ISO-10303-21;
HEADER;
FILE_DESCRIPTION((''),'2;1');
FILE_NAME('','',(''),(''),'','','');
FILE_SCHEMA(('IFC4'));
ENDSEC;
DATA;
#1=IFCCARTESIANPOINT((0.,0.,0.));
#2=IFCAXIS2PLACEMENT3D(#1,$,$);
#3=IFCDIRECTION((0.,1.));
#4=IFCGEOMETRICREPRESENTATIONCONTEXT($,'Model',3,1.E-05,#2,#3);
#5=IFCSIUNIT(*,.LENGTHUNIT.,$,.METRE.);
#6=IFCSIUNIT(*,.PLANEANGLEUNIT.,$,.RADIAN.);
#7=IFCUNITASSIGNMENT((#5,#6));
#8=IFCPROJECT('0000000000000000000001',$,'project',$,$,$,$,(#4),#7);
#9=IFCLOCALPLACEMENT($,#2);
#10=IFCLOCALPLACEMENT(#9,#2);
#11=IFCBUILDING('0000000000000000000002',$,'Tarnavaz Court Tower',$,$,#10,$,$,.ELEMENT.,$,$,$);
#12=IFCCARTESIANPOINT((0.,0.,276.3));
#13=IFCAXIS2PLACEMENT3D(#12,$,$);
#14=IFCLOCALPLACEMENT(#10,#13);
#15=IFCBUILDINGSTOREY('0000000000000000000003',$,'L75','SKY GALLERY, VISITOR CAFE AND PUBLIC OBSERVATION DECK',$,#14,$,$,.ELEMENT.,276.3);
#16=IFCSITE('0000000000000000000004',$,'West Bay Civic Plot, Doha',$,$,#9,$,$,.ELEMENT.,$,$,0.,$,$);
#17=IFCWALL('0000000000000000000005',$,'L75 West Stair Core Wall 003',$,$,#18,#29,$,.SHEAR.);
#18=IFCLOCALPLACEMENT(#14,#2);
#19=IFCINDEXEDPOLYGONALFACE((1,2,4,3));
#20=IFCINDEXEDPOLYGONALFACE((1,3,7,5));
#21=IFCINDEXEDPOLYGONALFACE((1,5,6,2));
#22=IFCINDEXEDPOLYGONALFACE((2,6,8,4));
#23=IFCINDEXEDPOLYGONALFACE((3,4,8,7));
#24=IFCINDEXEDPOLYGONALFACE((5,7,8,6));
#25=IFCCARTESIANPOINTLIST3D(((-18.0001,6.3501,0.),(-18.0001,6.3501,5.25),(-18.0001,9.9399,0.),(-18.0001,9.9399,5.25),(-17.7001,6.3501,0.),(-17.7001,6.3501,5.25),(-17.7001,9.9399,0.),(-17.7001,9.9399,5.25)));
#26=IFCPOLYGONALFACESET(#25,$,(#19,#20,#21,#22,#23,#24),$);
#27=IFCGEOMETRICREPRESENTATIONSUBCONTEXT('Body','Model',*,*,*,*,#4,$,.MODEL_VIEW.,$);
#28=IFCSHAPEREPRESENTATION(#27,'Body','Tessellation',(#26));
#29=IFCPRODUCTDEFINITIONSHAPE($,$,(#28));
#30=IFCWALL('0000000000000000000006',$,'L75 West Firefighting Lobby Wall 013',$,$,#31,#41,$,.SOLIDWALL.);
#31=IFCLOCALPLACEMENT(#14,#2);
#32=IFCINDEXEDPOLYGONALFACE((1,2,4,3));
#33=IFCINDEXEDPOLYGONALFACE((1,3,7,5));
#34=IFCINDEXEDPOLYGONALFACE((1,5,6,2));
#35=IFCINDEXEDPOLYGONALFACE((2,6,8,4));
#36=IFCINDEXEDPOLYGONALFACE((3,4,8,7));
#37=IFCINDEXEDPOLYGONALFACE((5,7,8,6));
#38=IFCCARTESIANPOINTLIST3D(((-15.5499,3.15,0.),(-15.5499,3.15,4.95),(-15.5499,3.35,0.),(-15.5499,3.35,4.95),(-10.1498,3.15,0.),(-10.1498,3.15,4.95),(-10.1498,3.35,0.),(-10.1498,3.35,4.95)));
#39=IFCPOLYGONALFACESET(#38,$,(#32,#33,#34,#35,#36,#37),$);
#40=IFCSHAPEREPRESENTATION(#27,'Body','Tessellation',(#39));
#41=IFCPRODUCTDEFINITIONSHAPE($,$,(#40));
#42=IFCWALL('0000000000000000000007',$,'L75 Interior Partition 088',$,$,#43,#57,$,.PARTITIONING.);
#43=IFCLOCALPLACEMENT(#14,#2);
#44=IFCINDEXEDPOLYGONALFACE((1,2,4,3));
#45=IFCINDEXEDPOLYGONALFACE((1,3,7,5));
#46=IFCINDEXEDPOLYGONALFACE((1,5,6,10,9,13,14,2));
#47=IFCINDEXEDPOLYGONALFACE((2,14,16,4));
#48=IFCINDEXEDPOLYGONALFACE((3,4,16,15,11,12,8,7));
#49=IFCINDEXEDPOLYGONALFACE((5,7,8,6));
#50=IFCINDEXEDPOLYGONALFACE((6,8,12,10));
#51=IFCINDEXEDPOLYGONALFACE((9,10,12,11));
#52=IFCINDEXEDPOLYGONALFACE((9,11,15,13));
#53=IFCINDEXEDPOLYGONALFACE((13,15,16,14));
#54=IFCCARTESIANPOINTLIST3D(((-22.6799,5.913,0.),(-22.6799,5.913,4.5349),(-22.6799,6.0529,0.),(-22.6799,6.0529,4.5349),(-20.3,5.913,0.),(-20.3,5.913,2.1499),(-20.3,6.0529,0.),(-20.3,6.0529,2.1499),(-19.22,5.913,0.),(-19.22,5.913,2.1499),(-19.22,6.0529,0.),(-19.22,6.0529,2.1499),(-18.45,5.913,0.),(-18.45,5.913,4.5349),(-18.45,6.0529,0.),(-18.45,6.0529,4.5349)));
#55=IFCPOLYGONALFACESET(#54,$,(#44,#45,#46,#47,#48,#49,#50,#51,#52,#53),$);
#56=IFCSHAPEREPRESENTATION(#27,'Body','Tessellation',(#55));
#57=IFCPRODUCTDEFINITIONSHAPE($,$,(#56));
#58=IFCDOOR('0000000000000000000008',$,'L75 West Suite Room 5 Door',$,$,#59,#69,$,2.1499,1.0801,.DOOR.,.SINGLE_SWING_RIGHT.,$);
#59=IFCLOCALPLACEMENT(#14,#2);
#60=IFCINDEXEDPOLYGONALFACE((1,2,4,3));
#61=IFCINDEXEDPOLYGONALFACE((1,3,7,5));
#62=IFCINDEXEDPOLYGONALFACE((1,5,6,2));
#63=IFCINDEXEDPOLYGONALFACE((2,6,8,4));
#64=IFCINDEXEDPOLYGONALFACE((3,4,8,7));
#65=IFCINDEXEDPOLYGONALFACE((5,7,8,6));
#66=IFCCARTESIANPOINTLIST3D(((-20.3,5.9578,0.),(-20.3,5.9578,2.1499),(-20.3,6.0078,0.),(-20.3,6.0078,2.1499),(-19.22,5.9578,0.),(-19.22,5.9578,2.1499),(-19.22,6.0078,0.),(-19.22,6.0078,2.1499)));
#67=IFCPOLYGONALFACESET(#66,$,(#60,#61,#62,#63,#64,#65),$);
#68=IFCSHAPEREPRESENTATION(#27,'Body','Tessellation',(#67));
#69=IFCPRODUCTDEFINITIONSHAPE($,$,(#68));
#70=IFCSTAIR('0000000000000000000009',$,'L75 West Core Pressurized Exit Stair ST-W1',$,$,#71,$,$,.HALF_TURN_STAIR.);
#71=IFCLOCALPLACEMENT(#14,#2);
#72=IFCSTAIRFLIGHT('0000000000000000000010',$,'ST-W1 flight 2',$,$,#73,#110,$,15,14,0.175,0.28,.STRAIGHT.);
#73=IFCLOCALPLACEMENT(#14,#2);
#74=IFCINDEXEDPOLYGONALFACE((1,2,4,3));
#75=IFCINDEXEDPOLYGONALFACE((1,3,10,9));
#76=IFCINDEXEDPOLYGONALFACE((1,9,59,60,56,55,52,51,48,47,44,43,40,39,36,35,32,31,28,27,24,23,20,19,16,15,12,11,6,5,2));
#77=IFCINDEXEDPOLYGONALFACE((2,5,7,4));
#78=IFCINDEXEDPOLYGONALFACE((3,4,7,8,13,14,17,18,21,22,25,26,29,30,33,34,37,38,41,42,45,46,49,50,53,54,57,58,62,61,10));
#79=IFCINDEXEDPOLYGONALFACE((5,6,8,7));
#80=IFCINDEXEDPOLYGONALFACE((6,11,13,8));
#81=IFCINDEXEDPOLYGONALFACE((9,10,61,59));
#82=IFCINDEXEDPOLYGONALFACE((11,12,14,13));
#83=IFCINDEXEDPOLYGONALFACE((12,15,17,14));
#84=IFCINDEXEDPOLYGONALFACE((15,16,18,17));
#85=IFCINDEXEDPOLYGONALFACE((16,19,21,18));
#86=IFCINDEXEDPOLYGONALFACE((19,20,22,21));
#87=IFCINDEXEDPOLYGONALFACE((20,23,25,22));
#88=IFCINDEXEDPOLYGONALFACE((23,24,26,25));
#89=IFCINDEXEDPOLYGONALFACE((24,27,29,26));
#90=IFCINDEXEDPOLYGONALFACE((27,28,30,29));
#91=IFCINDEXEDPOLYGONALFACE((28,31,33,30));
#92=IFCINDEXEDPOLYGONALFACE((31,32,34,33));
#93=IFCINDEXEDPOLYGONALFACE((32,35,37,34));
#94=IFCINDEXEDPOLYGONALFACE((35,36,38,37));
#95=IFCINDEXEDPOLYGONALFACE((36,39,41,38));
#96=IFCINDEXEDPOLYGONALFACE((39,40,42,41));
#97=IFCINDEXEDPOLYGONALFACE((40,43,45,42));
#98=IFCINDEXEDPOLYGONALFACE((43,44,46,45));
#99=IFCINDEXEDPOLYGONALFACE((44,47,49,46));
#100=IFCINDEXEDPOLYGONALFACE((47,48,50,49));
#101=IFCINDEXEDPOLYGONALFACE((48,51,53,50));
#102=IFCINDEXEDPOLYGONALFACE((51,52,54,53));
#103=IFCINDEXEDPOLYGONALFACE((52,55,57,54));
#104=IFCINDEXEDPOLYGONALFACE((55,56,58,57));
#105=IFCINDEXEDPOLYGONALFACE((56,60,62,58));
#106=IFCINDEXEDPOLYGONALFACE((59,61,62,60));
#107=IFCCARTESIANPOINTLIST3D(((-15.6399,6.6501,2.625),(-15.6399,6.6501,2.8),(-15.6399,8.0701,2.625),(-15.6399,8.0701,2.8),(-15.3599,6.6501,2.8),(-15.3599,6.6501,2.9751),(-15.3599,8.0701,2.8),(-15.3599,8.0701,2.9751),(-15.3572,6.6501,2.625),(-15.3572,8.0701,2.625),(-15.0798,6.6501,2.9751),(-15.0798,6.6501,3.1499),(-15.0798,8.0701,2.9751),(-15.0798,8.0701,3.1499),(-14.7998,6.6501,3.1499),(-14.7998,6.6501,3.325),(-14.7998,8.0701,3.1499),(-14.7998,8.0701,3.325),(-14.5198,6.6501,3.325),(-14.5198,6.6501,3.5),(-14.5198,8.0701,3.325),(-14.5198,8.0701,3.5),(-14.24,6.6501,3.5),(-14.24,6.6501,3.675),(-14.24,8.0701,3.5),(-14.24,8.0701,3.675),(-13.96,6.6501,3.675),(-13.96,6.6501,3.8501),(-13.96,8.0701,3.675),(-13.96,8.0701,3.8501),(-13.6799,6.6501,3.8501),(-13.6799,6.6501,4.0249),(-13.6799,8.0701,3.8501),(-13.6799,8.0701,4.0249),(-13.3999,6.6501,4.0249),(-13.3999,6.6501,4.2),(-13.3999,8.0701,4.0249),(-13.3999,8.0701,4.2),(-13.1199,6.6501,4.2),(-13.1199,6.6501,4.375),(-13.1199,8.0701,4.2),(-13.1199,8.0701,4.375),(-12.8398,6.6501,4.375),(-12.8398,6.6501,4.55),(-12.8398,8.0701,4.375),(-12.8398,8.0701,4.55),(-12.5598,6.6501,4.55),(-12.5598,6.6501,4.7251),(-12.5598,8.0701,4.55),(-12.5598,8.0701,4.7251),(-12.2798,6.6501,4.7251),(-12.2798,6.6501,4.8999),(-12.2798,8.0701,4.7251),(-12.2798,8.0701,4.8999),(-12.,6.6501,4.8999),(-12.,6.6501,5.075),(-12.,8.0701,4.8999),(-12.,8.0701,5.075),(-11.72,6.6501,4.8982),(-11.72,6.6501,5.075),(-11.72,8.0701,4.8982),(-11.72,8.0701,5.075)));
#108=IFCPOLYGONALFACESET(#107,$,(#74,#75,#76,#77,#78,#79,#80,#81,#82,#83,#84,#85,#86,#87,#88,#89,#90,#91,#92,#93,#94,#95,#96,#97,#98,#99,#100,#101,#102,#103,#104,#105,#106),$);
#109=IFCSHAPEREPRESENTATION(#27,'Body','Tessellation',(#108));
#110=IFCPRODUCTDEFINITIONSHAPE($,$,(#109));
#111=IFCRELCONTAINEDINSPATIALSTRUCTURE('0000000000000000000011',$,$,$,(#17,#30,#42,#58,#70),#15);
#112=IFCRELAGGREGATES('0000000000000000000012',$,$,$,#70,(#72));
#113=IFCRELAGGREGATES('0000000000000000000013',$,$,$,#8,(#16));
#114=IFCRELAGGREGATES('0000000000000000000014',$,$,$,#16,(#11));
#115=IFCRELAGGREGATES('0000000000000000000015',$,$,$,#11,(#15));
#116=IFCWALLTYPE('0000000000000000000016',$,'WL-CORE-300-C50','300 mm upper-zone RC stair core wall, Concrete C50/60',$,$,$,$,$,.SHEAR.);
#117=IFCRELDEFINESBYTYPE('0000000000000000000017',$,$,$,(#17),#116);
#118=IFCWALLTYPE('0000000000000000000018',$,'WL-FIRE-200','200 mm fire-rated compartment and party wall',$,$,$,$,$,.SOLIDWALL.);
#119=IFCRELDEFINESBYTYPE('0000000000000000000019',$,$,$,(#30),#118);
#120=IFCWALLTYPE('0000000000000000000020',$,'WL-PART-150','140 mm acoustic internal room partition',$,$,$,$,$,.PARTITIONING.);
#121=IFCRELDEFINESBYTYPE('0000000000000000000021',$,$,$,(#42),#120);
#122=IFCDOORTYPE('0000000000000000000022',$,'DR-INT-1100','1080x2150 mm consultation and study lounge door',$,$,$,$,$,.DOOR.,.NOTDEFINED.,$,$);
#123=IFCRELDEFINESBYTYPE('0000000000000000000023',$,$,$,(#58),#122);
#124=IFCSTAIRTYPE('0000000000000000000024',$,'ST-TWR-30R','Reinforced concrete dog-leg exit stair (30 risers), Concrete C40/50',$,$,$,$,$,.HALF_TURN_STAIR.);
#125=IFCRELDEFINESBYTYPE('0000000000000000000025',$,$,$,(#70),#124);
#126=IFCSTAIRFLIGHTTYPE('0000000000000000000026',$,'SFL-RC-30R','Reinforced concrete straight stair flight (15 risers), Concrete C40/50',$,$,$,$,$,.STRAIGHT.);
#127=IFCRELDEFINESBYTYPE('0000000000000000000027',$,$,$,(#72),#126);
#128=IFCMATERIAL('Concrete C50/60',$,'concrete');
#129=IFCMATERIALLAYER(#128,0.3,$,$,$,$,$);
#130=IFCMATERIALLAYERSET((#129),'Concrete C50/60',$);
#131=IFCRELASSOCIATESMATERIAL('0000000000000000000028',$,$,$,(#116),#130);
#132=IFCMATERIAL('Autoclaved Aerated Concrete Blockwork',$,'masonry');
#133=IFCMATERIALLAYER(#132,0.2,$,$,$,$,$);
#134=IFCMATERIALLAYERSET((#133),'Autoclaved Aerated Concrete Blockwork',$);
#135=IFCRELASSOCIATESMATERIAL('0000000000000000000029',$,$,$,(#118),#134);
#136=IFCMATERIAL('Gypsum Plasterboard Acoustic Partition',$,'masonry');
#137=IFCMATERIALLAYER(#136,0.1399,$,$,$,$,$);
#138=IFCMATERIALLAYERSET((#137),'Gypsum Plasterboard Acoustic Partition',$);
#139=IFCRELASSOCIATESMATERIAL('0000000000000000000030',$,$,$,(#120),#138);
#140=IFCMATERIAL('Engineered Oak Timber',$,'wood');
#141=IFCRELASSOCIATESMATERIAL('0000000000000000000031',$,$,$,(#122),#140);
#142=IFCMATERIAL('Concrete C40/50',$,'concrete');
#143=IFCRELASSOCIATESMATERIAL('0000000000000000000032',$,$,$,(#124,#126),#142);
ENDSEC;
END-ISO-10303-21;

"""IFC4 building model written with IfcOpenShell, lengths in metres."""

from ifc_helpers import new_model, si_unit, direction, frame, frame_2d, origin, place, context, subcontext, project, spatial, polyline, rectangle, outline, extrude, material, layer, layer_set, type_object, element, fill, aggregate, save


model = new_model("IFC4")

# Units and contexts
model_context = context("Model", 3, precision=1e-05, world=origin(), true_north=direction((0.0, 1.0)))
body_context = subcontext(model_context, "Body", "Model", "MODEL_VIEW")
ifc_project = project(units=[si_unit("LENGTHUNIT", "METRE"), si_unit("PLANEANGLEUNIT", "RADIAN")], contexts=[model_context])

# Site, building, storey
site_placement = place(None, origin())
site = spatial("IfcSite", under=ifc_project, at=site_placement, Name="West Bay Civic Plot, Doha", CompositionType="ELEMENT", RefElevation=0.0)
building_placement = place(site_placement, origin())
building = spatial("IfcBuilding", under=site, at=building_placement, Name="Tarnavaz Court Tower", CompositionType="ELEMENT")
storey_placement = place(building_placement, frame((0.0, 0.0, 276.3)))
storey = spatial("IfcBuildingStorey", under=building, at=storey_placement, Name="L75", Description="SKY GALLERY, VISITOR CAFE AND PUBLIC OBSERVATION DECK", CompositionType="ELEMENT", Elevation=276.3)

# Shared definitions
ifc_material_1 = material(Name="Concrete C50/60", Category="concrete")

# Shared definitions
ifc_layer_1 = layer(ifc_material_1, 0.3)
ifc_layer_set_1 = layer_set([ifc_layer_1], Name="Concrete C50/60")
wall_type_1 = type_object("IfcWallType", Name="WL-CORE-300-C50", Description="300 mm upper-zone RC stair core wall, Concrete C50/60", PredefinedType="SHEAR", material=ifc_layer_set_1)

# Walls
wall_1_placement = place(storey_placement, frame((-17.8501, 6.3501, 0.0), z_axis=(0.0, 0.0, 1.0), x_axis=(0.0, 1.0, 0.0)))
element("IfcWall", 1, at=wall_1_placement, inside=storey, type_object=wall_type_1, Name="L75 West Stair Core Wall 003", PredefinedType="SHEAR", context=body_context, shape_type="SweptSolid", body=[
    extrude(rectangle(XDim=3.5898, YDim=0.3, at=frame_2d((1.7949, 0.0))), origin(), (0.0, 0.0, 1.0), 5.25),
])
ifc_material_2 = material(Name="Autoclaved Aerated Concrete Blockwork", Category="masonry")
ifc_layer_2 = layer(ifc_material_2, 0.2)
ifc_layer_set_2 = layer_set([ifc_layer_2], Name="Autoclaved Aerated Concrete Blockwork")
wall_type_2 = type_object("IfcWallType", Name="WL-FIRE-200", Description="200 mm fire-rated compartment and party wall", PredefinedType="SOLIDWALL", material=ifc_layer_set_2)
wall_2_placement = place(storey_placement, frame((-15.55, 3.25, 0.0), z_axis=(0.0, 0.0, 1.0), x_axis=(1.0, 0.0, 0.0)))
element("IfcWall", 2, at=wall_2_placement, inside=storey, type_object=wall_type_2, Name="L75 West Firefighting Lobby Wall 013", PredefinedType="SOLIDWALL", context=body_context, shape_type="SweptSolid", body=[
    extrude(rectangle(XDim=5.4001, YDim=0.2, at=frame_2d((2.7002, 0.0))), origin(), (0.0, 0.0, 1.0), 4.95),
])

# Wall, opening, door
ifc_material_3 = material(Name="Gypsum Plasterboard Acoustic Partition", Category="masonry")
ifc_layer_3 = layer(ifc_material_3, 0.1399)
ifc_layer_set_3 = layer_set([ifc_layer_3], Name="Gypsum Plasterboard Acoustic Partition")
wall_type_3 = type_object("IfcWallType", Name="WL-PART-150", Description="140 mm acoustic internal room partition", PredefinedType="PARTITIONING", material=ifc_layer_set_3)
wall_3_placement = place(storey_placement, frame((-22.6799, 5.9829, 0.0), z_axis=(0.0, 0.0, 1.0), x_axis=(1.0, 0.0, 0.0)))
wall_3 = element("IfcWall", 3, at=wall_3_placement, inside=storey, type_object=wall_type_3, Name="L75 Interior Partition 088", PredefinedType="PARTITIONING", context=body_context, shape_type="SweptSolid", body=[
    extrude(rectangle(XDim=4.23, YDim=0.1399, at=frame_2d((2.115, 0.0))), origin(), (0.0, 0.0, 1.0), 4.5349),
])
opening_1_placement = place(wall_3_placement, frame((2.3799, 0.0, 0.0)))
opening_1 = element("IfcOpeningElement", 4, at=opening_1_placement, cuts=wall_3, PredefinedType="OPENING", context=body_context, shape_type="SweptSolid", body=[
    extrude(rectangle(XDim=1.0801, YDim=2.1499, at=frame_2d((0.54, 1.075))), frame((0.0, 0.0798, 0.0), z_axis=(0.0, -1.0, 0.0), x_axis=(1.0, 0.0, 0.0)), (0.0, 0.0, 1.0), 0.1599),
])
ifc_material_4 = material(Name="Engineered Oak Timber", Category="wood")
door_type_1 = type_object("IfcDoorType", Name="DR-INT-1100", Description="1080x2150 mm consultation and study lounge door", OperationType="NOTDEFINED", PredefinedType="DOOR", material=ifc_material_4)
door_1_placement = place(opening_1_placement, origin())
door_1 = element("IfcDoor", 5, at=door_1_placement, inside=storey, type_object=door_type_1, Name="L75 West Suite Room 5 Door", OperationType="SINGLE_SWING_RIGHT", OverallHeight=2.1499, OverallWidth=1.0801, PredefinedType="DOOR", context=body_context, shape_type="SweptSolid", body=[
    extrude(rectangle(XDim=1.0801, YDim=2.1499, at=frame_2d((0.54, 1.075))), frame((0.0, 0.0249, 0.0), z_axis=(0.0, -1.0, 0.0), x_axis=(1.0, 0.0, 0.0)), (0.0, 0.0, 1.0), 0.05),
])
fill(opening_1, door_1)

# Stair, stair flight
ifc_material_5 = material(Name="Concrete C40/50", Category="concrete")
stair_type = type_object("IfcStairType", Name="ST-TWR-30R", Description="Reinforced concrete dog-leg exit stair (30 risers), Concrete C40/50", PredefinedType="HALF_TURN_STAIR", material=ifc_material_5)
stair_placement = place(storey_placement, origin())
stair = element("IfcStair", 6, at=stair_placement, inside=storey, type_object=stair_type, Name="L75 West Core Pressurized Exit Stair ST-W1", PredefinedType="HALF_TURN_STAIR")
stair_flight_type = type_object("IfcStairFlightType", Name="SFL-RC-30R", Description="Reinforced concrete straight stair flight (15 risers), Concrete C40/50", PredefinedType="STRAIGHT", material=ifc_material_5)
stair_flight_placement = place(storey_placement, frame((-15.6399, 7.3601, 2.625), z_axis=(0.0, 0.0, 1.0), x_axis=(1.0, 0.0, 0.0)))
stair_flight = element("IfcStairFlight", 7, at=stair_flight_placement, type_object=stair_flight_type, Name="ST-W1 flight 2", NumberOfRisers=15, NumberOfTreads=14, PredefinedType="STRAIGHT", RiserHeight=0.175, TreadLength=0.28, context=body_context, shape_type="SweptSolid", body=[
    extrude(outline(polyline([(0.0, 0.0), (0.0, 0.175), (0.28, 0.175), (0.28, 0.3501), (0.5601, 0.3501), (0.5601, 0.5249), (0.8401, 0.5249), (0.8401, 0.7), (1.1201, 0.7), (1.1201, 0.875), (1.3999, 0.875), (1.3999, 1.05), (1.6799, 1.05), (1.6799, 1.2251), (1.96, 1.2251), (1.96, 1.3999), (2.24, 1.3999), (2.24, 1.575), (2.52, 1.575), (2.52, 1.75), (2.8, 1.75), (2.8, 1.925), (3.0801, 1.925), (3.0801, 2.1001), (3.3601, 2.1001), (3.3601, 2.2749), (3.6399, 2.2749), (3.6399, 2.45), (3.9199, 2.45), (3.9199, 2.625), (3.9199, 2.2732), (0.2827, 0.0), (0.0, 0.0)])), frame((0.0, 0.71, 0.0), z_axis=(0.0, -1.0, 0.0), x_axis=(1.0, 0.0, 0.0)), (0.0, 0.0, 1.0), 1.4199),
])
aggregate(stair, [stair_flight])

save(model, "model.ifc")
